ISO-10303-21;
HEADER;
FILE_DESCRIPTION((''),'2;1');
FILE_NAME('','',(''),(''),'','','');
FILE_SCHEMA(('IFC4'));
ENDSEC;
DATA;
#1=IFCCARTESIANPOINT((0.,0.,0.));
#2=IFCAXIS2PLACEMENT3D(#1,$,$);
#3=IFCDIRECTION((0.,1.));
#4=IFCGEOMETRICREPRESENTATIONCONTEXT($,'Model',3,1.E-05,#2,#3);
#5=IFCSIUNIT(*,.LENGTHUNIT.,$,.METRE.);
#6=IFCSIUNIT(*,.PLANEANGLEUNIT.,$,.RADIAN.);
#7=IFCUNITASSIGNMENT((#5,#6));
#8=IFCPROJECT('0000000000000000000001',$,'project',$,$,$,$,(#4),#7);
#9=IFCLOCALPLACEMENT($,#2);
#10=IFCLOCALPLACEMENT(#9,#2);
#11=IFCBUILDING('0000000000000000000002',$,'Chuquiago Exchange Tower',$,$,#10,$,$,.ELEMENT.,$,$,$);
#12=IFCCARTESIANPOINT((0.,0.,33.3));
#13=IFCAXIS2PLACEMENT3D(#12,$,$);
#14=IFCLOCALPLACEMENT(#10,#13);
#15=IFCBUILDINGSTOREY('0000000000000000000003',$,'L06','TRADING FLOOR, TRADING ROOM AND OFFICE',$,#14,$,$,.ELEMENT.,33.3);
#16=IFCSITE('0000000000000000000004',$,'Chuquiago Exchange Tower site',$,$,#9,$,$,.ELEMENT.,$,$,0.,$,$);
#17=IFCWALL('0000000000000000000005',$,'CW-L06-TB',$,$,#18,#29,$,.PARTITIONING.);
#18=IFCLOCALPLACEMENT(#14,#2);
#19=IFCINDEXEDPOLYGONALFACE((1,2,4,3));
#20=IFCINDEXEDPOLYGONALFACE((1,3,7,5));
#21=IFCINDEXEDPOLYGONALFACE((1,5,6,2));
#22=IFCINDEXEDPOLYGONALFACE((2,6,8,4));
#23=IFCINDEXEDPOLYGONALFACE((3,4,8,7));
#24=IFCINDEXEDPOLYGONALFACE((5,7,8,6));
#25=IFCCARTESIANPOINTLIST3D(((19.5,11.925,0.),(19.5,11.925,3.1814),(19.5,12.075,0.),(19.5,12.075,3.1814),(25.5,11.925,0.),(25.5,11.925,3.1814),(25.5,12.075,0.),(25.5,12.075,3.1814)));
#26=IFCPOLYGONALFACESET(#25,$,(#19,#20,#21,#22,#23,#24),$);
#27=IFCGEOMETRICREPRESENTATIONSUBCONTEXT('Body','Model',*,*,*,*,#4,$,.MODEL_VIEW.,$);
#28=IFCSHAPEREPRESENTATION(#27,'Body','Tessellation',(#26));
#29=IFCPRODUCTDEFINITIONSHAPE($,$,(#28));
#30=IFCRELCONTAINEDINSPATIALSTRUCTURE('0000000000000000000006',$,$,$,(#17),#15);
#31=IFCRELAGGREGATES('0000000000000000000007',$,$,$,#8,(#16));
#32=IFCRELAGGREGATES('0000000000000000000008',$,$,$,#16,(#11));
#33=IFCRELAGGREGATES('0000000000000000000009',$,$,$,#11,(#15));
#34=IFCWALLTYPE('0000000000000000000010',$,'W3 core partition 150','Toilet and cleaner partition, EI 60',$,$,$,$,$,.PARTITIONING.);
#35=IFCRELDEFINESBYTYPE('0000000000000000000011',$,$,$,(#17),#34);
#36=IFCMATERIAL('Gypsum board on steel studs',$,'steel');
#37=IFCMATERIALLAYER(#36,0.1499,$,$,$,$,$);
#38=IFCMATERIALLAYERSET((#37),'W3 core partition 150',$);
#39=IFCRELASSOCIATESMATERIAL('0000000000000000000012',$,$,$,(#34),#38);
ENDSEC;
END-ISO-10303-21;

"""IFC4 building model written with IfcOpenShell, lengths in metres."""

from ifc_helpers import new_model, si_unit, direction, frame, frame_2d, origin, place, context, subcontext, project, spatial, rectangle, extrude, material, layer, layer_set, type_object, element, save


model = new_model("IFC4")

# Units and contexts
model_context = context("Model", 3, precision=1e-05, world=origin(), true_north=direction((0.0, 1.0)))
body_context = subcontext(model_context, "Body", "Model", "MODEL_VIEW")
ifc_project = project(units=[si_unit("LENGTHUNIT", "METRE"), si_unit("PLANEANGLEUNIT", "RADIAN")], contexts=[model_context])

# Site, building, storey
site_placement = place(None, origin())
site = spatial("IfcSite", under=ifc_project, at=site_placement, Name="Chuquiago Exchange Tower site", CompositionType="ELEMENT", RefElevation=0.0)
building_placement = place(site_placement, origin())
building = spatial("IfcBuilding", under=site, at=building_placement, Name="Chuquiago Exchange Tower", CompositionType="ELEMENT")
storey_placement = place(building_placement, frame((0.0, 0.0, 33.3)))
storey = spatial("IfcBuildingStorey", under=building, at=storey_placement, Name="L06", Description="TRADING FLOOR, TRADING ROOM AND OFFICE", CompositionType="ELEMENT", Elevation=33.3)

# Shared definitions
ifc_material_1 = material(Name="Gypsum board on steel studs", Category="steel")
ifc_layer_1 = layer(ifc_material_1, 0.1499)
ifc_layer_set_1 = layer_set([ifc_layer_1], Name="W3 core partition 150")
wall_type_1 = type_object("IfcWallType", Name="W3 core partition 150", Description="Toilet and cleaner partition, EI 60", PredefinedType="PARTITIONING", material=ifc_layer_set_1)

# Wall
wall_1_placement = place(storey_placement, frame((19.5, 12.0, 0.0), z_axis=(0.0, 0.0, 1.0), x_axis=(1.0, 0.0, 0.0)))
element("IfcWall", 1, at=wall_1_placement, inside=storey, type_object=wall_type_1, Name="CW-L06-TB", PredefinedType="PARTITIONING", context=body_context, shape_type="SweptSolid", body=[
    extrude(rectangle(XDim=6.0, YDim=0.1499, at=frame_2d((3.0, 0.0))), origin(), (0.0, 0.0, 1.0), 3.1814),
])

save(model, "model.ifc")
